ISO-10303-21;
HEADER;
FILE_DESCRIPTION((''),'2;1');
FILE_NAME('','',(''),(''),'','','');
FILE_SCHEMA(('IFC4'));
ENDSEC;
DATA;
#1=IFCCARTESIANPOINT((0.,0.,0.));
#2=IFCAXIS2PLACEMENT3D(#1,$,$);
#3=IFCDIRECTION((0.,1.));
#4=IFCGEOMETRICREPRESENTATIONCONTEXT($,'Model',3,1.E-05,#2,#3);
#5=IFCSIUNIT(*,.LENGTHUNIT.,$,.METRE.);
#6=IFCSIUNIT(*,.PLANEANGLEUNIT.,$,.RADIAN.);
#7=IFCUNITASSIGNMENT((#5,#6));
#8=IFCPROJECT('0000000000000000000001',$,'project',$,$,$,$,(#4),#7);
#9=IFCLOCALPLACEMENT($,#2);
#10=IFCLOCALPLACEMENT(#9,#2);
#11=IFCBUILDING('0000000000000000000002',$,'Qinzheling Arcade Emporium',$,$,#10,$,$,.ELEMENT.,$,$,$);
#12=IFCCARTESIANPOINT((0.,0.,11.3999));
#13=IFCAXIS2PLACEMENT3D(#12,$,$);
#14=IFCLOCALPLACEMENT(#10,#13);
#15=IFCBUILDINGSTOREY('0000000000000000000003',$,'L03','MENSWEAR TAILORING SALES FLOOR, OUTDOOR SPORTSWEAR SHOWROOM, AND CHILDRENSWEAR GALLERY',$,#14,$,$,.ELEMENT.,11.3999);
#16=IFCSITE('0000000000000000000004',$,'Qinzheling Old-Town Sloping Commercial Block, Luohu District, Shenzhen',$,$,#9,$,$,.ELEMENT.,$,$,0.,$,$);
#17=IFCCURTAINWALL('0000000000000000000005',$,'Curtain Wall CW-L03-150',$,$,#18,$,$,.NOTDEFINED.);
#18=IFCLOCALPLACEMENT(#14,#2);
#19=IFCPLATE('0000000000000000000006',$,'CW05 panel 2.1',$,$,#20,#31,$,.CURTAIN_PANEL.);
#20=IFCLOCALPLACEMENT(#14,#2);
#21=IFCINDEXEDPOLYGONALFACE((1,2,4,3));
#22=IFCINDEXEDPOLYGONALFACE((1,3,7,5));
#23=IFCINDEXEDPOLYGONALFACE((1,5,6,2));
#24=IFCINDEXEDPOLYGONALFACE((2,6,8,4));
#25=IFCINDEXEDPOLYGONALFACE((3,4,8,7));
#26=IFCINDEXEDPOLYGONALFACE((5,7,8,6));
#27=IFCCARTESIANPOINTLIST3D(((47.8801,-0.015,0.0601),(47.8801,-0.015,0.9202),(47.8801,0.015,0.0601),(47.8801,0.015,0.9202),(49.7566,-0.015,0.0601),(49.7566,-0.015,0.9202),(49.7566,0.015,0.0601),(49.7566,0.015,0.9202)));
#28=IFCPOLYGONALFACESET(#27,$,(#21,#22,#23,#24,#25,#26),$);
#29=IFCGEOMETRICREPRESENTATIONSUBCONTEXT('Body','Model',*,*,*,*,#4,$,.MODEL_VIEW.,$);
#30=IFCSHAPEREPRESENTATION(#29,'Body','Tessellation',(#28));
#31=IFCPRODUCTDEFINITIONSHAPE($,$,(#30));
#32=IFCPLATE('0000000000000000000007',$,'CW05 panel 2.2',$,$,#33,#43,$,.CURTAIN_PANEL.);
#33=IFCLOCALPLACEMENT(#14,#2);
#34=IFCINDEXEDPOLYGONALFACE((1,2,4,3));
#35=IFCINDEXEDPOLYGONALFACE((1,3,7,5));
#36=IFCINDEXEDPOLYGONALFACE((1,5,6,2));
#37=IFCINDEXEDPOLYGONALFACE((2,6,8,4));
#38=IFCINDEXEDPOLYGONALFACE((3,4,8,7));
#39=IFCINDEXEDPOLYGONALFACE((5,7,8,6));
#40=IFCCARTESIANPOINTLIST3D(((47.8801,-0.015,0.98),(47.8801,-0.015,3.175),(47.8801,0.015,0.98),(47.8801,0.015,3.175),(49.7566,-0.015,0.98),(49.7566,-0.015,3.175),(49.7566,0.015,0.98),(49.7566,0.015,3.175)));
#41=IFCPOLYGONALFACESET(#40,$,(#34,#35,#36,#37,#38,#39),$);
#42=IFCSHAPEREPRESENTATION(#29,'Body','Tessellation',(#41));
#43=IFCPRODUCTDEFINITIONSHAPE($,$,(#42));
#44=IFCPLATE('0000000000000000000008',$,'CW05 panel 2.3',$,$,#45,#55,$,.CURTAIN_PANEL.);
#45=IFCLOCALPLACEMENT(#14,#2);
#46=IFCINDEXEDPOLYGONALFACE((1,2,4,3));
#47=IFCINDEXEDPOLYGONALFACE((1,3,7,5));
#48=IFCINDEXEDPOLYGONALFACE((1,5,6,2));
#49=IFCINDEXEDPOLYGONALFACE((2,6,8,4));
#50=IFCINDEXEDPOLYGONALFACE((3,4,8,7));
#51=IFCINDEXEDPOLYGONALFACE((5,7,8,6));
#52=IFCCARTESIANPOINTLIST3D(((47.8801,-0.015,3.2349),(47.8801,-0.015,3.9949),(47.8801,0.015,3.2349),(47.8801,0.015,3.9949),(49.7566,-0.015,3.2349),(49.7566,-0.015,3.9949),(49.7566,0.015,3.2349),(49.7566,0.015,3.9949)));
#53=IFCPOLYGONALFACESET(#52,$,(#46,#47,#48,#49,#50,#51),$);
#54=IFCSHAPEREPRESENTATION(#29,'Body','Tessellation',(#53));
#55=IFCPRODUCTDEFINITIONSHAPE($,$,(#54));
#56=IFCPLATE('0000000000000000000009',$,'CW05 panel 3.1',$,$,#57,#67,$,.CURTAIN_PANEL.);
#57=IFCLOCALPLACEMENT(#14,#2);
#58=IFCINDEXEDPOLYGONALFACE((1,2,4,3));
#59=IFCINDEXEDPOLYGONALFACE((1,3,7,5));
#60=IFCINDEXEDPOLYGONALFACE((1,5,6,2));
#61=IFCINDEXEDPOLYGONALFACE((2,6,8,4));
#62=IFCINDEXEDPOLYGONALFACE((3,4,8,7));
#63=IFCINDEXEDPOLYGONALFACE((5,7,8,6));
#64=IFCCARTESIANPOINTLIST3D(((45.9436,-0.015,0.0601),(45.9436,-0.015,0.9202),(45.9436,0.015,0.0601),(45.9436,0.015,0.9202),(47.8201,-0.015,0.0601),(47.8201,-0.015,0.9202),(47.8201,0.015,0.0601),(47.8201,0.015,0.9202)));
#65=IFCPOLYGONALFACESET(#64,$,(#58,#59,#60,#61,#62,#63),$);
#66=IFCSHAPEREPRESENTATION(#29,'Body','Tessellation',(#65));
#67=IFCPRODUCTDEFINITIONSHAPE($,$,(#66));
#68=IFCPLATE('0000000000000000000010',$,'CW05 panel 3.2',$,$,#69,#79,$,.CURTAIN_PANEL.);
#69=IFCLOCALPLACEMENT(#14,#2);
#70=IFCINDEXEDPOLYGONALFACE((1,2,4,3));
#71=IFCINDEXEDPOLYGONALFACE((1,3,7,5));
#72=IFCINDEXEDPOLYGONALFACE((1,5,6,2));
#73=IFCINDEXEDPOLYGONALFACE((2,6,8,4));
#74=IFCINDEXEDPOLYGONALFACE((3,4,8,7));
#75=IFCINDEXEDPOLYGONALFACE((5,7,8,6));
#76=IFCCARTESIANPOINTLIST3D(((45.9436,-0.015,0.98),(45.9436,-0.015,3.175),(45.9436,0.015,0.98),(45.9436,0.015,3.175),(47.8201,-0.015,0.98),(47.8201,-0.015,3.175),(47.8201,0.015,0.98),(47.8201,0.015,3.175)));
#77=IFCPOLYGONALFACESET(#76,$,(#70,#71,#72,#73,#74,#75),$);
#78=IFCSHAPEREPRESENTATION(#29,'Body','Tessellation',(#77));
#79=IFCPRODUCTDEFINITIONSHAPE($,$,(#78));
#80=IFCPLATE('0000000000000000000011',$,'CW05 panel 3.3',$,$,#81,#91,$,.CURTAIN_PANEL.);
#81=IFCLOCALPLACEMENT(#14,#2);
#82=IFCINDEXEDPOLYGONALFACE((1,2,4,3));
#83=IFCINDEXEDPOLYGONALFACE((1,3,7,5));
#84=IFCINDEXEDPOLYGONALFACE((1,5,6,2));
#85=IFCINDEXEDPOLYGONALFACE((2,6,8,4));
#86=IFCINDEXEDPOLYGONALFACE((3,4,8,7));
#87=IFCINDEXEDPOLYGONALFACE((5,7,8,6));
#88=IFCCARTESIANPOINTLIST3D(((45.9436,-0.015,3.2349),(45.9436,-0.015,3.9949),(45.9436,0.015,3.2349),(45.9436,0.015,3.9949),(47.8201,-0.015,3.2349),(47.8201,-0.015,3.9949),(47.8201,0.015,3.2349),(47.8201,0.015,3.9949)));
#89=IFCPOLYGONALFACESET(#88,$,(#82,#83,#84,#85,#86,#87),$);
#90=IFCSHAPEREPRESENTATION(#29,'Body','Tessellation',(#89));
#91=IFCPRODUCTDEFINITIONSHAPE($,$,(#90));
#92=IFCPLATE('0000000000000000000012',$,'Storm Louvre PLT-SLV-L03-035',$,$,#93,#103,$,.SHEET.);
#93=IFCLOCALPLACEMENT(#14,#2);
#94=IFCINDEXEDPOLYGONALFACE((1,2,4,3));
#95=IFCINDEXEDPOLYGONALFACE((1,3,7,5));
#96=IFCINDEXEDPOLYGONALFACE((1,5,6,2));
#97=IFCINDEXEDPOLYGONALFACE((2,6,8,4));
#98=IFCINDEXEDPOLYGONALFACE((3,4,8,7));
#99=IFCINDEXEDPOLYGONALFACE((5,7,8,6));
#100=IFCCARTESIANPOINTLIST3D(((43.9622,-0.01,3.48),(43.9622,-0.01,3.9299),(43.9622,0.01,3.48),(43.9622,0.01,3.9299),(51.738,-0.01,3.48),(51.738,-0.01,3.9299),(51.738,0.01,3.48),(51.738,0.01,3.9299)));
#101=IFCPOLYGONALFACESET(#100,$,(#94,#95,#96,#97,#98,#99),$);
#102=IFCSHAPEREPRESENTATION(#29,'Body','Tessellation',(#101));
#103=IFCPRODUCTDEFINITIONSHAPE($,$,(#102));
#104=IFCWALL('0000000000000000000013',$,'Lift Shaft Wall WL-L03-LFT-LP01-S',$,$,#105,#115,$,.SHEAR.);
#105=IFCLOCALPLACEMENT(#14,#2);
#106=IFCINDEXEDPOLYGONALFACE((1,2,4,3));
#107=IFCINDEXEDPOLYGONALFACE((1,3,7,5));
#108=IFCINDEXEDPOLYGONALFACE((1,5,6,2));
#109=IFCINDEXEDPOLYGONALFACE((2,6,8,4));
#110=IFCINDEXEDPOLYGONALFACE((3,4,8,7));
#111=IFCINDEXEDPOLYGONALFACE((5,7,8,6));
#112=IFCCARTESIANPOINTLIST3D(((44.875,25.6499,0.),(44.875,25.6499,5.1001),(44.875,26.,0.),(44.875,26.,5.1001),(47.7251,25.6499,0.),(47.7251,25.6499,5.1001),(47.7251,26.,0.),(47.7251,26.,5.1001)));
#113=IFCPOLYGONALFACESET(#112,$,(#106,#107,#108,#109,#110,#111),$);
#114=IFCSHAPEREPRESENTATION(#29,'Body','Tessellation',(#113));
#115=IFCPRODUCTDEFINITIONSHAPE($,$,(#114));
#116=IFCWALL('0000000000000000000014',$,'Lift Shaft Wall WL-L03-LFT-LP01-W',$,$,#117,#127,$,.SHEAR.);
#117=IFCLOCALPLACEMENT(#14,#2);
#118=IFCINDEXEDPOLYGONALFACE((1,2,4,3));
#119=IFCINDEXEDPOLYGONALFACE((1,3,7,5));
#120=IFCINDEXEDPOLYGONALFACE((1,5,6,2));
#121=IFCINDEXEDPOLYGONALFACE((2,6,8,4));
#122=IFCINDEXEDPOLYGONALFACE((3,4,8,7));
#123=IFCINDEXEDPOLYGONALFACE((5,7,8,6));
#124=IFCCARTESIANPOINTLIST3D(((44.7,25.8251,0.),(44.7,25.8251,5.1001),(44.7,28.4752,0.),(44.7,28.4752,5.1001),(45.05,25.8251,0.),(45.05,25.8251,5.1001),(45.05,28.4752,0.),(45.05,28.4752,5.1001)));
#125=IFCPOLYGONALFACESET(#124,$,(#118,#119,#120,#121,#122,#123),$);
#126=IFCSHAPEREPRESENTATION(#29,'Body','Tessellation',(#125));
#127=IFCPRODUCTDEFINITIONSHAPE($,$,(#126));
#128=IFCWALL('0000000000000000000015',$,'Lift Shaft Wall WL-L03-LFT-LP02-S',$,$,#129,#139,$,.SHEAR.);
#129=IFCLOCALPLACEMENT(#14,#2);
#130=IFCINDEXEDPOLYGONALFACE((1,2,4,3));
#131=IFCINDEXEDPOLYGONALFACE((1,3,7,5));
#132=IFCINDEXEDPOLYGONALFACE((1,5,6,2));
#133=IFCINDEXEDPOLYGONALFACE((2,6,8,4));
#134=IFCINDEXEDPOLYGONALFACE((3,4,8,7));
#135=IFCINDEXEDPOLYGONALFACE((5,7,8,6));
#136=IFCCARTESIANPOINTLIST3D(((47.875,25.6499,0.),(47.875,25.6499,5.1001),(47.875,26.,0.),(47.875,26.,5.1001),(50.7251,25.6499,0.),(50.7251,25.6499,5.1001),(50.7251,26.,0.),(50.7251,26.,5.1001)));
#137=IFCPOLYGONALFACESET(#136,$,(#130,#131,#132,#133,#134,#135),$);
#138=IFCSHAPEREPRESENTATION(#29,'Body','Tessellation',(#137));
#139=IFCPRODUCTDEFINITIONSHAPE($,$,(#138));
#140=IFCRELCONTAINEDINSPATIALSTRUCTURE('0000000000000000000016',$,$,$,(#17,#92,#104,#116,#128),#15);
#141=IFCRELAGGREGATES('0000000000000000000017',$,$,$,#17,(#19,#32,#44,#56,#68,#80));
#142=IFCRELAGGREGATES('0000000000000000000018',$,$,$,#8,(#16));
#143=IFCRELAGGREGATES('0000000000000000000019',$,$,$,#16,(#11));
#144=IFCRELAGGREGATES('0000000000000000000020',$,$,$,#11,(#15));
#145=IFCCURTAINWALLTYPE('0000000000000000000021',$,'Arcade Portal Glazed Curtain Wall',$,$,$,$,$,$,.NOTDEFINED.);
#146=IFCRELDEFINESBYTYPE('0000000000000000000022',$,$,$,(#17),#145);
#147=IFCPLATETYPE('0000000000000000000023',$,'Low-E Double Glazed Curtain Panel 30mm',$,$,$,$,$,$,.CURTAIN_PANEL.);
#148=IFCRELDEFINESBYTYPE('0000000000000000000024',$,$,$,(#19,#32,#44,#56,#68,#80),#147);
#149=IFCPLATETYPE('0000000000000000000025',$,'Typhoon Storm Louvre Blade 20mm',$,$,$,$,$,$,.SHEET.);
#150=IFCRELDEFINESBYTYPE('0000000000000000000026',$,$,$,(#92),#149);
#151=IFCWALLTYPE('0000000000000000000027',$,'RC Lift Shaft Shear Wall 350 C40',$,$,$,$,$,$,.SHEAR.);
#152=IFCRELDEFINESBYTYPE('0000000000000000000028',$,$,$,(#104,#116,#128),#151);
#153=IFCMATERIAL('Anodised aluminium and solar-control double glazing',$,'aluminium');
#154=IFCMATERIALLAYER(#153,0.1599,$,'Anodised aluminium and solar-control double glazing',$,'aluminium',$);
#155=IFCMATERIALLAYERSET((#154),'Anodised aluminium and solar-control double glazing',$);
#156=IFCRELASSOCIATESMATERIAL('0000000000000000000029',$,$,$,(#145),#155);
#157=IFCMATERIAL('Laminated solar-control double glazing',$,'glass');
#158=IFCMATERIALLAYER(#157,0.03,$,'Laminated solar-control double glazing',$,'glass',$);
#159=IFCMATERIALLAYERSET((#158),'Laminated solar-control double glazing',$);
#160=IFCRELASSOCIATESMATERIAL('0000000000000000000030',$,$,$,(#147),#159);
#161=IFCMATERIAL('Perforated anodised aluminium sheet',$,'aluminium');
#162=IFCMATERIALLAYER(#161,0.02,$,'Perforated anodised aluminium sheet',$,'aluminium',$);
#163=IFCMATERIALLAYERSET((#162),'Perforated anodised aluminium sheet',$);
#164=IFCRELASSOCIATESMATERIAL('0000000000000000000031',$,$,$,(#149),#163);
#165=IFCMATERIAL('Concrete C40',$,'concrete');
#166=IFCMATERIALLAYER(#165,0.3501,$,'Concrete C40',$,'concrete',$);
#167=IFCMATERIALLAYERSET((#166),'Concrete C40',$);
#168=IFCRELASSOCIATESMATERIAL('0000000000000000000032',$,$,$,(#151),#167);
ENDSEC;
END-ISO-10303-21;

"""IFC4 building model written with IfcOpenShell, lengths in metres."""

from ifc_helpers import new_model, si_unit, direction, frame, frame_2d, origin, origin_2d, place, context, subcontext, project, spatial, rectangle, extrude, material, layer, layer_set, type_object, element, aggregate, save


model = new_model("IFC4")

# Units and contexts
model_context = context("Model", 3, precision=1e-05, world=origin(), true_north=direction((0.0, 1.0)))
body_context = subcontext(model_context, "Body", "Model", "MODEL_VIEW")
ifc_project = project(units=[si_unit("LENGTHUNIT", "METRE"), si_unit("PLANEANGLEUNIT", "RADIAN")], contexts=[model_context])

# Site, building, storey
site_placement = place(None, origin())
site = spatial("IfcSite", under=ifc_project, at=site_placement, Name="Qinzheling Old-Town Sloping Commercial Block, Luohu District, Shenzhen", CompositionType="ELEMENT", RefElevation=0.0)
building_placement = place(site_placement, origin())
building = spatial("IfcBuilding", under=site, at=building_placement, Name="Qinzheling Arcade Emporium", CompositionType="ELEMENT")
storey_placement = place(building_placement, frame((0.0, 0.0, 11.3999)))
storey = spatial("IfcBuildingStorey", under=building, at=storey_placement, Name="L03", Description="MENSWEAR TAILORING SALES FLOOR, OUTDOOR SPORTSWEAR SHOWROOM, AND CHILDRENSWEAR GALLERY", CompositionType="ELEMENT", Elevation=11.3999)

# Curtain wall
ifc_material_1 = material(Name="Anodised aluminium and solar-control double glazing", Category="aluminium")
ifc_layer_1 = layer(ifc_material_1, 0.1599, Name="Anodised aluminium and solar-control double glazing", Category="aluminium")
ifc_layer_set_1 = layer_set([ifc_layer_1], Name="Anodised aluminium and solar-control double glazing")
curtain_wall_type = type_object("IfcCurtainWallType", Name="Arcade Portal Glazed Curtain Wall", PredefinedType="NOTDEFINED", material=ifc_layer_set_1)
curtain_wall_placement = place(storey_placement, origin())
curtain_wall = element("IfcCurtainWall", 1, at=curtain_wall_placement, inside=storey, type_object=curtain_wall_type, Name="Curtain Wall CW-L03-150", PredefinedType="NOTDEFINED")

# Shared definitions
ifc_material_2 = material(Name="Concrete C40", Category="concrete")

# Plates
ifc_material_3 = material(Name="Laminated solar-control double glazing", Category="glass")
ifc_layer_2 = layer(ifc_material_3, 0.03, Name="Laminated solar-control double glazing", Category="glass")
ifc_layer_set_2 = layer_set([ifc_layer_2], Name="Laminated solar-control double glazing")
plate_type_1 = type_object("IfcPlateType", Name="Low-E Double Glazed Curtain Panel 30mm", PredefinedType="CURTAIN_PANEL", material=ifc_layer_set_2)
plate_1_placement = place(storey_placement, frame((48.8184, 0.0, 0.0601), z_axis=(0.0, 0.0, 1.0), x_axis=(-1.0, 0.0, 0.0)))
plate_1 = element("IfcPlate", 2, at=plate_1_placement, type_object=plate_type_1, Name="CW05 panel 2.1", PredefinedType="CURTAIN_PANEL", context=body_context, shape_type="SweptSolid", body=[
    extrude(rectangle(XDim=1.8765, YDim=0.03, at=origin_2d()), origin(), (0.0, 0.0, 1.0), 0.8601),
])
plate_2_placement = place(storey_placement, frame((48.8184, 0.0, 0.98), z_axis=(0.0, 0.0, 1.0), x_axis=(-1.0, 0.0, 0.0)))
plate_2 = element("IfcPlate", 3, at=plate_2_placement, type_object=plate_type_1, Name="CW05 panel 2.2", PredefinedType="CURTAIN_PANEL", context=body_context, shape_type="SweptSolid", body=[
    extrude(rectangle(XDim=1.8765, YDim=0.03, at=origin_2d()), origin(), (0.0, 0.0, 1.0), 2.1951),
])
plate_3_placement = place(storey_placement, frame((48.8184, 0.0, 3.2349), z_axis=(0.0, 0.0, 1.0), x_axis=(-1.0, 0.0, 0.0)))
plate_3 = element("IfcPlate", 4, at=plate_3_placement, type_object=plate_type_1, Name="CW05 panel 2.3", PredefinedType="CURTAIN_PANEL", context=body_context, shape_type="SweptSolid", body=[
    extrude(rectangle(XDim=1.8765, YDim=0.03, at=origin_2d()), origin(), (0.0, 0.0, 1.0), 0.76),
])
plate_4_placement = place(storey_placement, frame((46.8818, 0.0, 0.0601), z_axis=(0.0, 0.0, 1.0), x_axis=(-1.0, 0.0, 0.0)))
plate_4 = element("IfcPlate", 5, at=plate_4_placement, type_object=plate_type_1, Name="CW05 panel 3.1", PredefinedType="CURTAIN_PANEL", context=body_context, shape_type="SweptSolid", body=[
    extrude(rectangle(XDim=1.8765, YDim=0.03, at=origin_2d()), origin(), (0.0, 0.0, 1.0), 0.8601),
])
plate_5_placement = place(storey_placement, frame((46.8818, 0.0, 0.98), z_axis=(0.0, 0.0, 1.0), x_axis=(-1.0, 0.0, 0.0)))
plate_5 = element("IfcPlate", 6, at=plate_5_placement, type_object=plate_type_1, Name="CW05 panel 3.2", PredefinedType="CURTAIN_PANEL", context=body_context, shape_type="SweptSolid", body=[
    extrude(rectangle(XDim=1.8765, YDim=0.03, at=origin_2d()), origin(), (0.0, 0.0, 1.0), 2.1951),
])
plate_6_placement = place(storey_placement, frame((46.8818, 0.0, 3.2349), z_axis=(0.0, 0.0, 1.0), x_axis=(-1.0, 0.0, 0.0)))
plate_6 = element("IfcPlate", 7, at=plate_6_placement, type_object=plate_type_1, Name="CW05 panel 3.3", PredefinedType="CURTAIN_PANEL", context=body_context, shape_type="SweptSolid", body=[
    extrude(rectangle(XDim=1.8765, YDim=0.03, at=origin_2d()), origin(), (0.0, 0.0, 1.0), 0.76),
])
aggregate(curtain_wall, [plate_1, plate_2, plate_3, plate_4, plate_5, plate_6])
ifc_material_4 = material(Name="Perforated anodised aluminium sheet", Category="aluminium")
ifc_layer_3 = layer(ifc_material_4, 0.02, Name="Perforated anodised aluminium sheet", Category="aluminium")
ifc_layer_set_3 = layer_set([ifc_layer_3], Name="Perforated anodised aluminium sheet")
plate_type_2 = type_object("IfcPlateType", Name="Typhoon Storm Louvre Blade 20mm", PredefinedType="SHEET", material=ifc_layer_set_3)
plate_7_placement = place(storey_placement, frame((47.8501, 0.0, 3.48), z_axis=(0.0, 0.0, 1.0), x_axis=(-1.0, 0.0, 0.0)))
element("IfcPlate", 8, at=plate_7_placement, inside=storey, type_object=plate_type_2, Name="Storm Louvre PLT-SLV-L03-035", PredefinedType="SHEET", context=body_context, shape_type="SweptSolid", body=[
    extrude(rectangle(XDim=7.7759, YDim=0.02, at=origin_2d()), origin(), (0.0, 0.0, 1.0), 0.45),
])

# Walls
ifc_layer_4 = layer(ifc_material_2, 0.3501, Name="Concrete C40", Category="concrete")
ifc_layer_set_4 = layer_set([ifc_layer_4], Name="Concrete C40")
wall_type = type_object("IfcWallType", Name="RC Lift Shaft Shear Wall 350 C40", PredefinedType="SHEAR", material=ifc_layer_set_4)
wall_1_placement = place(storey_placement, frame((47.7251, 25.825, 0.0), z_axis=(0.0, 0.0, 1.0), x_axis=(-1.0, 0.0, 0.0)))
element("IfcWall", 9, at=wall_1_placement, inside=storey, type_object=wall_type, Name="Lift Shaft Wall WL-L03-LFT-LP01-S", PredefinedType="SHEAR", context=body_context, shape_type="SweptSolid", body=[
    extrude(rectangle(XDim=2.8501, YDim=0.3501, at=frame_2d((1.425, 0.0))), origin(), (0.0, 0.0, 1.0), 5.1001),
])
wall_2_placement = place(storey_placement, frame((44.875, 25.825, 0.0), z_axis=(0.0, 0.0, 1.0), x_axis=(0.0, 1.0, 0.0)))
element("IfcWall", 10, at=wall_2_placement, inside=storey, type_object=wall_type, Name="Lift Shaft Wall WL-L03-LFT-LP01-W", PredefinedType="SHEAR", context=body_context, shape_type="SweptSolid", body=[
    extrude(rectangle(XDim=2.6501, YDim=0.3501, at=frame_2d((1.3252, 0.0))), origin(), (0.0, 0.0, 1.0), 5.1001),
])
wall_3_placement = place(storey_placement, frame((50.7251, 25.825, 0.0), z_axis=(0.0, 0.0, 1.0), x_axis=(-1.0, 0.0, 0.0)))
element("IfcWall", 11, at=wall_3_placement, inside=storey, type_object=wall_type, Name="Lift Shaft Wall WL-L03-LFT-LP02-S", PredefinedType="SHEAR", context=body_context, shape_type="SweptSolid", body=[
    extrude(rectangle(XDim=2.8501, YDim=0.3501, at=frame_2d((1.425, 0.0))), origin(), (0.0, 0.0, 1.0), 5.1001),
])

save(model, "model.ifc")
